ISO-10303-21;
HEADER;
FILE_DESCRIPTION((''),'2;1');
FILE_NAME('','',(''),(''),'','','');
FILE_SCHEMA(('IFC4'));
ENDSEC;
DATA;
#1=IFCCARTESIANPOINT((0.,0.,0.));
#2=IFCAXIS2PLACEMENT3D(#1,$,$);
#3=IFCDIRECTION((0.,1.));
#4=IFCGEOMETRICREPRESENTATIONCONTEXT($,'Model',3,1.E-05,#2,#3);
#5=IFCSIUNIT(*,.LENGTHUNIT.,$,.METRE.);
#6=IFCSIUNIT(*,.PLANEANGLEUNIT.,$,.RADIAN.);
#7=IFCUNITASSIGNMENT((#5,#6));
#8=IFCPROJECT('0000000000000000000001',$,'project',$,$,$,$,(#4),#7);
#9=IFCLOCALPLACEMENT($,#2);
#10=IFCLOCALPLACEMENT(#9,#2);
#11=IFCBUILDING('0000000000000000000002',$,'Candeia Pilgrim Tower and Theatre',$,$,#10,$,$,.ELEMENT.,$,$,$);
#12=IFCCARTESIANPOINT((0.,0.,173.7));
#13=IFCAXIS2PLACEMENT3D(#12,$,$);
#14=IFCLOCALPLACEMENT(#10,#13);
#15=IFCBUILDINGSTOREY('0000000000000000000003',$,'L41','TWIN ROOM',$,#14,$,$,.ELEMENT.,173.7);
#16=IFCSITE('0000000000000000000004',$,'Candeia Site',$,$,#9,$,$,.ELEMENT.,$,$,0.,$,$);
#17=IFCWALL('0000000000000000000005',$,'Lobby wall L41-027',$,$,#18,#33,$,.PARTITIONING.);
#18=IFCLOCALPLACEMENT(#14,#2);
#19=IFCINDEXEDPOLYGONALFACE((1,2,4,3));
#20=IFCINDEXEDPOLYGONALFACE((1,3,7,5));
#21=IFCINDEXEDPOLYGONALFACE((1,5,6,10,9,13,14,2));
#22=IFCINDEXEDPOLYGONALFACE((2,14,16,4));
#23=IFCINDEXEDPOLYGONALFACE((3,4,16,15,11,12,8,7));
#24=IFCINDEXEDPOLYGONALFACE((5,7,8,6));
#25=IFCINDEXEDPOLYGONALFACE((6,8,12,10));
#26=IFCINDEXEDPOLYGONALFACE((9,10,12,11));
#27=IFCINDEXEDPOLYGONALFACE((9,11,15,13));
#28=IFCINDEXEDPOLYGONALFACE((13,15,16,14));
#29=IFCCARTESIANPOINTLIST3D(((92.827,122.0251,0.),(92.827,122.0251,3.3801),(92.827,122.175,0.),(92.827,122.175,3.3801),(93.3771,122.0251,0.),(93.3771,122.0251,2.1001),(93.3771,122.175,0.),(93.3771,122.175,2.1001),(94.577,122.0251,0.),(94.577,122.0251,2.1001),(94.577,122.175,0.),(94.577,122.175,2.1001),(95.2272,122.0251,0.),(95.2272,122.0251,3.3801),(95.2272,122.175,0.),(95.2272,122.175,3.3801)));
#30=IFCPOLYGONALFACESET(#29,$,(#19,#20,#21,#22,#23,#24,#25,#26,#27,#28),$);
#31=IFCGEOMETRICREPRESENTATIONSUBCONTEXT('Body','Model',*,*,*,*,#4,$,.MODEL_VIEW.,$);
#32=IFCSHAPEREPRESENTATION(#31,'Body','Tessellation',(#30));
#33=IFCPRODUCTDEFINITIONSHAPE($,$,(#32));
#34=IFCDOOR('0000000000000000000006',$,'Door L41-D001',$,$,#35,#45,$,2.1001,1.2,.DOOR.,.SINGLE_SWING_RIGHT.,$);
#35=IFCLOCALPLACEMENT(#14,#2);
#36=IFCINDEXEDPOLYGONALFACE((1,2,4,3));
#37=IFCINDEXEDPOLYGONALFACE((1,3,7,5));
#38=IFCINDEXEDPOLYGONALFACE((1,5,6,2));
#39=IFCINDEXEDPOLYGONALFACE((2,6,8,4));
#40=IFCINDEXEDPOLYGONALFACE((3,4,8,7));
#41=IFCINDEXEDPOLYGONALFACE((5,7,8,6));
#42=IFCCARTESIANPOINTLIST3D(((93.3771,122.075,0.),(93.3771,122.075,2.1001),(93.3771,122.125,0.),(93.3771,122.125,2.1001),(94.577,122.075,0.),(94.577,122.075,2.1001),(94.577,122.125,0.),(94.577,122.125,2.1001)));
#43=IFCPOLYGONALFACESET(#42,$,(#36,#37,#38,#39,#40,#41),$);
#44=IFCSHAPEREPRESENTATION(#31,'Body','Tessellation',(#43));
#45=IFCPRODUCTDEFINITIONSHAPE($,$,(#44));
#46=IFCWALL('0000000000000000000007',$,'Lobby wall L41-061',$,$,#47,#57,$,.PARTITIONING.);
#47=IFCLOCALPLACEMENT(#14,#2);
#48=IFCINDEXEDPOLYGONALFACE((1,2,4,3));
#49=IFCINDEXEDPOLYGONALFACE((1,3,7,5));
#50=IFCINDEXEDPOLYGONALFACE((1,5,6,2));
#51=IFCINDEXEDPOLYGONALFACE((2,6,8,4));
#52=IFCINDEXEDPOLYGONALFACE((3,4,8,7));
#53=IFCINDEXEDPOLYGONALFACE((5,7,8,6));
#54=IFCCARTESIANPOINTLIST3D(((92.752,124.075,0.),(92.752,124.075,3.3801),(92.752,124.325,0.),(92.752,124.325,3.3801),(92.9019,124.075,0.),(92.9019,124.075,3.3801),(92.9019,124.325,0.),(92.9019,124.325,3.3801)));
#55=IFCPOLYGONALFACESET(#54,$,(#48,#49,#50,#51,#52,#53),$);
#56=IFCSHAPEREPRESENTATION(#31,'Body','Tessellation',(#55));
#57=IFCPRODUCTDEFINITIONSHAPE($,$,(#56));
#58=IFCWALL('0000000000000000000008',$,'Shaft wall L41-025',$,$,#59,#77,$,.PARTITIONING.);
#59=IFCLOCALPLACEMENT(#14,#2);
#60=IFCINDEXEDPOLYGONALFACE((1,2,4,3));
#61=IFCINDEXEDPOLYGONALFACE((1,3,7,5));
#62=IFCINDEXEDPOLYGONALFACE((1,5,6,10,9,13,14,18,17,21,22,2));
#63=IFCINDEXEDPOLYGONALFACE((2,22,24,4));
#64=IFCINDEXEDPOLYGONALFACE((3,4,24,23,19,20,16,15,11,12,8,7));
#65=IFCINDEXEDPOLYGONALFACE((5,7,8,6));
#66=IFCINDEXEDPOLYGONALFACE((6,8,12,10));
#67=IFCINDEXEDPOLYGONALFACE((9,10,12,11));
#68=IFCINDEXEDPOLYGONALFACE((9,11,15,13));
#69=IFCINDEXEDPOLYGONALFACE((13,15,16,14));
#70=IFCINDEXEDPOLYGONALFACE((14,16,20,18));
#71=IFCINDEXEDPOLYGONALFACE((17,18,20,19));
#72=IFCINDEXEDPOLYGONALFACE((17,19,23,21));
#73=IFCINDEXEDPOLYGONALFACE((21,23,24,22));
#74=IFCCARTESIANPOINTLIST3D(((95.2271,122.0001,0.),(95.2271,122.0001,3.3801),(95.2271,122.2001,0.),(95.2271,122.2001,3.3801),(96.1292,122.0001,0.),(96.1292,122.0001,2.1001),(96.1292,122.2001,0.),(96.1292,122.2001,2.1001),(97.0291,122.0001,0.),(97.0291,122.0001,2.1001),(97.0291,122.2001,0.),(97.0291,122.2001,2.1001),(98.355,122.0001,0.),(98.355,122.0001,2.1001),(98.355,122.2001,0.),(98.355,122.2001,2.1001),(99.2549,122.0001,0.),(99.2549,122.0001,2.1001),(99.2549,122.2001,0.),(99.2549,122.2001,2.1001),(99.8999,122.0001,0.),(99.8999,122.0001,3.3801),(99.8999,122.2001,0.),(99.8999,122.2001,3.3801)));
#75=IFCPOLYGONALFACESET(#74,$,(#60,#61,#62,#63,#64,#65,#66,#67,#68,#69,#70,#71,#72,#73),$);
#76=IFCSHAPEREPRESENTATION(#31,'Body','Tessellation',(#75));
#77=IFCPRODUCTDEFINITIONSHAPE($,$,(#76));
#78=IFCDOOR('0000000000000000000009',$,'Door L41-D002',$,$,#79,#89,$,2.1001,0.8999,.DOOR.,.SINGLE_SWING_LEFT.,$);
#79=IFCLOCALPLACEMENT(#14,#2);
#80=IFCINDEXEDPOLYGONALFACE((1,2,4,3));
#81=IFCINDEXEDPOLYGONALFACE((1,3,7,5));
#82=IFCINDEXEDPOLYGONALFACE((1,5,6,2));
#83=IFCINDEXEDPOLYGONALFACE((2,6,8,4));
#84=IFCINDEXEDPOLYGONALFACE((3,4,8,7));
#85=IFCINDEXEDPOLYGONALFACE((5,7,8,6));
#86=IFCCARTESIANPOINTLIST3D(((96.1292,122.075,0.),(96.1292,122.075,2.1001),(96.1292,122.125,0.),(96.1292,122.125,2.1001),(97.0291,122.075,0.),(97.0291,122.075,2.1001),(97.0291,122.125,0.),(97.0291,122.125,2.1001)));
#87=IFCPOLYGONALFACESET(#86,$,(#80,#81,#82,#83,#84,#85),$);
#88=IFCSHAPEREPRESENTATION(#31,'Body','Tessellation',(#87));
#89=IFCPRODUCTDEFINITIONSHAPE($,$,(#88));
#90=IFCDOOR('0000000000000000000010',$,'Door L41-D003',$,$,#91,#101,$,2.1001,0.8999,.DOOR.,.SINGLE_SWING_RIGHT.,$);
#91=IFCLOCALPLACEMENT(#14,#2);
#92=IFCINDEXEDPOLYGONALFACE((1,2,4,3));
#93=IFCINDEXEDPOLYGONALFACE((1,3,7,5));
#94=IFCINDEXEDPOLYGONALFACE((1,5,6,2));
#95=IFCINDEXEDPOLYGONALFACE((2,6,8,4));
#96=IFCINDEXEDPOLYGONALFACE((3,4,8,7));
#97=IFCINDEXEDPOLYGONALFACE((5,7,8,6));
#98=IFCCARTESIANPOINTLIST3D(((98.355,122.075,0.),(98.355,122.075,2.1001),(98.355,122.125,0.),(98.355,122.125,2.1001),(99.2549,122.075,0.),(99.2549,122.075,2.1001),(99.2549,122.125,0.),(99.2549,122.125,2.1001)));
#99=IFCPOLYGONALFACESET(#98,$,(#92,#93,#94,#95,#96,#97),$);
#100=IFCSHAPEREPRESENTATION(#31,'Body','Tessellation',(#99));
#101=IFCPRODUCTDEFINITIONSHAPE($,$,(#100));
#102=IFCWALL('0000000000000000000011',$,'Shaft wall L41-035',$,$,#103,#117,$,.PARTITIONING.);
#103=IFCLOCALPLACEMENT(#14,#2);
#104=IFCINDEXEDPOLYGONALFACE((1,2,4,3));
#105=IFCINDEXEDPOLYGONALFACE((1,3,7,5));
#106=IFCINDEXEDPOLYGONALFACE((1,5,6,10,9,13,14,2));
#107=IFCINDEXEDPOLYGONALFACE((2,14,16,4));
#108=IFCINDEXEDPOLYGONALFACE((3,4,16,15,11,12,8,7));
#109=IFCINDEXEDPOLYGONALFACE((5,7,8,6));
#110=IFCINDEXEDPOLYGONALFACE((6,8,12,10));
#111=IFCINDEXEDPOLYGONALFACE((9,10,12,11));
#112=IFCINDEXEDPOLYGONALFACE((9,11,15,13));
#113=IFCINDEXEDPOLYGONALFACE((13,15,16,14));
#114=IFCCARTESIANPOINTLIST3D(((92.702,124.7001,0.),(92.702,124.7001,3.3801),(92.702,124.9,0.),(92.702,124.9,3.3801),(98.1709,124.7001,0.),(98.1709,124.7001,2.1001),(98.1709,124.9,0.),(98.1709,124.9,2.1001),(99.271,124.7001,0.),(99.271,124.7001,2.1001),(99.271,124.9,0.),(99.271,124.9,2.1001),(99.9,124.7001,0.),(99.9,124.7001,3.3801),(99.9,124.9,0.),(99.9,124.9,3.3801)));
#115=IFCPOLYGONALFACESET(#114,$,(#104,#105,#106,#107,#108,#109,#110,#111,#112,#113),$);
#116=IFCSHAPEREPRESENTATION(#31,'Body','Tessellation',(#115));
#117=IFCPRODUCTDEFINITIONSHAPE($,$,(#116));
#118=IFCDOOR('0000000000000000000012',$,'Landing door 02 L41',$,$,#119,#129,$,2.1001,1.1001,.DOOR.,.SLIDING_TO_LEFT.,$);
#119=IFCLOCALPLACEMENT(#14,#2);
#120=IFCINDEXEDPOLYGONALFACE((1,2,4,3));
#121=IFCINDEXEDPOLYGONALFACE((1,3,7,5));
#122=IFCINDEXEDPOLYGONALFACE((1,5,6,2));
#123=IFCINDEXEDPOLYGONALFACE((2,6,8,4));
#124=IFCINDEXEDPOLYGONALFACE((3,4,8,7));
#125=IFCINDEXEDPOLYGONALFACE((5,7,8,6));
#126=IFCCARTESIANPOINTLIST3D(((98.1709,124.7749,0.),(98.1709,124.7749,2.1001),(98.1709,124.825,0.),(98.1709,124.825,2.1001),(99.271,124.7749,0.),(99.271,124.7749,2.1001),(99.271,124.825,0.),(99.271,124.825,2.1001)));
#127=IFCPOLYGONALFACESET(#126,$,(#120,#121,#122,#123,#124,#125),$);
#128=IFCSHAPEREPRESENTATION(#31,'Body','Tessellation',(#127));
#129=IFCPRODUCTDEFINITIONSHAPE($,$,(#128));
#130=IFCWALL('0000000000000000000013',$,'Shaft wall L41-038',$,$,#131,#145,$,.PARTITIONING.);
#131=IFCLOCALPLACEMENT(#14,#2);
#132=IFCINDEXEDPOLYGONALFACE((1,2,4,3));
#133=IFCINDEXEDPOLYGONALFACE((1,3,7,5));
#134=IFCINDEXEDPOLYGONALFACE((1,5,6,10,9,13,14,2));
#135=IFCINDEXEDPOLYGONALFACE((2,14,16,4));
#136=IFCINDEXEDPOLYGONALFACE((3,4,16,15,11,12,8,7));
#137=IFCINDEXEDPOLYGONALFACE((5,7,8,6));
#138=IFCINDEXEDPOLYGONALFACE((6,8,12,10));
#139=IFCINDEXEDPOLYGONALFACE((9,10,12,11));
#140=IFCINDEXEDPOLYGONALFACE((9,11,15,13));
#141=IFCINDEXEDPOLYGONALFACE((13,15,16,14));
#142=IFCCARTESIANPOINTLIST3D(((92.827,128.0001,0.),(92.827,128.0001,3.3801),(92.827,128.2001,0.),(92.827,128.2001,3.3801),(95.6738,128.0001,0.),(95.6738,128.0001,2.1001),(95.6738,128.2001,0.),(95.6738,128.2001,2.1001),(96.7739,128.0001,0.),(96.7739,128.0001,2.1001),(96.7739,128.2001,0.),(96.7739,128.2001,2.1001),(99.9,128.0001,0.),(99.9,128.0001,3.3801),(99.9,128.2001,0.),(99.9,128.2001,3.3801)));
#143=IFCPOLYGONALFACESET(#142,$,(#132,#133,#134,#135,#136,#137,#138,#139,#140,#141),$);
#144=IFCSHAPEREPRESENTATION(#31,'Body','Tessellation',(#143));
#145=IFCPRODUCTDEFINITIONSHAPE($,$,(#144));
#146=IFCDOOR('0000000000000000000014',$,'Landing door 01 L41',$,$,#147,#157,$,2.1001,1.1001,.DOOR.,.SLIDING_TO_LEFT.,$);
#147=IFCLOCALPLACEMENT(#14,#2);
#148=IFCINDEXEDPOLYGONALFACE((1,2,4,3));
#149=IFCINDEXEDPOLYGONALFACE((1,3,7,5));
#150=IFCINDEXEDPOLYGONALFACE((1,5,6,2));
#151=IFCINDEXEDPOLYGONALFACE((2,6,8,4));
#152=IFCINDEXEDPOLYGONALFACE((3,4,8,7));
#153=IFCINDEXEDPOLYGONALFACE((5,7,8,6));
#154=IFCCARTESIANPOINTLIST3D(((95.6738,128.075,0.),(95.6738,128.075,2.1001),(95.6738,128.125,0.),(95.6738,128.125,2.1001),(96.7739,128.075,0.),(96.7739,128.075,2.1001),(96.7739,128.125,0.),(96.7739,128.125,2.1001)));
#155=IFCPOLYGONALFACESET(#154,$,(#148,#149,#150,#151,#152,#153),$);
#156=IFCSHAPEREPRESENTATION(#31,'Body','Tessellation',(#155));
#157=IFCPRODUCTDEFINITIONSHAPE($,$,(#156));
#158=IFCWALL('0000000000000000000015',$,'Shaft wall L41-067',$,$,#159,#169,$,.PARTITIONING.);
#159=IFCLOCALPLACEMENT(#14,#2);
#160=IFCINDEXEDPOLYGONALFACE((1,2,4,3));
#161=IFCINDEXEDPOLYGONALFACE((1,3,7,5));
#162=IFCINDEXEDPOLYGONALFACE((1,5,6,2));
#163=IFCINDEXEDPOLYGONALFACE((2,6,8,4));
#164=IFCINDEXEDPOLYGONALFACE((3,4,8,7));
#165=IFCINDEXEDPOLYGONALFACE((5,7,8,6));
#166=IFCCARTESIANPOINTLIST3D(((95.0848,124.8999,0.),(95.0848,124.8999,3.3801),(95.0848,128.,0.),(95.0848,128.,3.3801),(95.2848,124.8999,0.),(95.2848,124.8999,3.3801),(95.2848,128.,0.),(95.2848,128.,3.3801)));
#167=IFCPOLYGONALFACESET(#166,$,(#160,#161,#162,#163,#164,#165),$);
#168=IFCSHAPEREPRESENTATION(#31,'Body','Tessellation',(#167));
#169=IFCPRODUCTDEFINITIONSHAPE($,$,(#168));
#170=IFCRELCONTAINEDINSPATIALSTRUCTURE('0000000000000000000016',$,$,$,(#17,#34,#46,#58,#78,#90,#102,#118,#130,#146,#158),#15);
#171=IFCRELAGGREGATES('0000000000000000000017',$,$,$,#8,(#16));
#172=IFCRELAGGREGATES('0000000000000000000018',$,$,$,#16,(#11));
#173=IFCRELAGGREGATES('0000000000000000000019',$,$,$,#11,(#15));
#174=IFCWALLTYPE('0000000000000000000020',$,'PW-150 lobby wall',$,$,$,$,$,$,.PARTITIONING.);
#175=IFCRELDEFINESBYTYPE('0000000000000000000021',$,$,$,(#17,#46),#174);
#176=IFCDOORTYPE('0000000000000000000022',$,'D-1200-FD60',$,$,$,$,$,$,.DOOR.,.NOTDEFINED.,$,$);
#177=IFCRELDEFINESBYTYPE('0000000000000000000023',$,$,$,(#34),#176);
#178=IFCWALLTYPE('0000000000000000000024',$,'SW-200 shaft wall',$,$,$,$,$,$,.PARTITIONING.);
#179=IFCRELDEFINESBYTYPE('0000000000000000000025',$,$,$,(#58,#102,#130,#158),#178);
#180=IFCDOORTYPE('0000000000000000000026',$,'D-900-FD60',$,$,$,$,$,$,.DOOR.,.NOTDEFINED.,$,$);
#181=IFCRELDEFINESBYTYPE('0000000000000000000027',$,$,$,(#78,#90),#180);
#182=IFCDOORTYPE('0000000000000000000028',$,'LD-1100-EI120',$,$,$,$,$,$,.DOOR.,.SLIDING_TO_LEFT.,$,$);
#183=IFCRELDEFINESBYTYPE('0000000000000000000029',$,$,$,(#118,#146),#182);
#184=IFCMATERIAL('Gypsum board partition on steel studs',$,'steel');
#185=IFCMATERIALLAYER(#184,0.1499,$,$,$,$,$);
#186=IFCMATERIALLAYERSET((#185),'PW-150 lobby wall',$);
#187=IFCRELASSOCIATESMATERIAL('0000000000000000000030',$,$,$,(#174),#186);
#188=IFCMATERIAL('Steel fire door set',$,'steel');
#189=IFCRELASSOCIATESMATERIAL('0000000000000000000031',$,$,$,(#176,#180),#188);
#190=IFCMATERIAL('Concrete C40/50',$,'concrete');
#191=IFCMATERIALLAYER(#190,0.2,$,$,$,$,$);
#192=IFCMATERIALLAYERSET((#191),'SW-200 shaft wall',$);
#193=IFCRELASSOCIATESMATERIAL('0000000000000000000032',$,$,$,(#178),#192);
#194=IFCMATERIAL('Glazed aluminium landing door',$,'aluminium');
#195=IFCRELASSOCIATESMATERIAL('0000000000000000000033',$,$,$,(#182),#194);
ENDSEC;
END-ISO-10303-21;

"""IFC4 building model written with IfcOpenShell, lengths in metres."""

from ifc_helpers import new_model, si_unit, direction, frame, frame_2d, origin, place, context, subcontext, project, spatial, rectangle, extrude, material, layer, layer_set, type_object, element, fill, save


model = new_model("IFC4")

# Units and contexts
model_context = context("Model", 3, precision=1e-05, world=origin(), true_north=direction((0.0, 1.0)))
body_context = subcontext(model_context, "Body", "Model", "MODEL_VIEW")
ifc_project = project(units=[si_unit("LENGTHUNIT", "METRE"), si_unit("PLANEANGLEUNIT", "RADIAN")], contexts=[model_context])

# Site, building, storey
site_placement = place(None, origin())
site = spatial("IfcSite", under=ifc_project, at=site_placement, Name="Candeia Site", CompositionType="ELEMENT", RefElevation=0.0)
building_placement = place(site_placement, origin())
building = spatial("IfcBuilding", under=site, at=building_placement, Name="Candeia Pilgrim Tower and Theatre", CompositionType="ELEMENT")
storey_placement = place(building_placement, frame((0.0, 0.0, 173.7)))
storey = spatial("IfcBuildingStorey", under=building, at=storey_placement, Name="L41", Description="TWIN ROOM", CompositionType="ELEMENT", Elevation=173.7)

# Wall, opening, door
ifc_material_1 = material(Name="Gypsum board partition on steel studs", Category="steel")
ifc_layer_1 = layer(ifc_material_1, 0.1499)
ifc_layer_set_1 = layer_set([ifc_layer_1], Name="PW-150 lobby wall")
wall_type_1 = type_object("IfcWallType", Name="PW-150 lobby wall", PredefinedType="PARTITIONING", material=ifc_layer_set_1)
wall_1_placement = place(storey_placement, frame((92.8269, 122.1001, 0.0), z_axis=(0.0, 0.0, 1.0), x_axis=(1.0, 0.0, 0.0)))
wall_1 = element("IfcWall", 1, at=wall_1_placement, inside=storey, type_object=wall_type_1, Name="Lobby wall L41-027", PredefinedType="PARTITIONING", context=body_context, shape_type="SweptSolid", body=[
    extrude(rectangle(XDim=2.4001, YDim=0.1499, at=frame_2d((1.2002, 0.0))), origin(), (0.0, 0.0, 1.0), 3.3801),
])
opening_1_placement = place(wall_1_placement, frame((0.55, 0.0, 0.0)))
opening_1 = element("IfcOpeningElement", 2, at=opening_1_placement, cuts=wall_1, PredefinedType="OPENING", context=body_context, shape_type="SweptSolid", body=[
    extrude(rectangle(XDim=1.2, YDim=2.1001, at=frame_2d((0.6001, 1.05))), frame((0.0, 0.085, 0.0), z_axis=(0.0, -1.0, 0.0), x_axis=(1.0, 0.0, 0.0)), (0.0, 0.0, 1.0), 0.1699),
])
ifc_material_2 = material(Name="Steel fire door set", Category="steel")
door_type_1 = type_object("IfcDoorType", Name="D-1200-FD60", OperationType="NOTDEFINED", PredefinedType="DOOR", material=ifc_material_2)
door_1_placement = place(opening_1_placement, origin())
door_1 = element("IfcDoor", 3, at=door_1_placement, inside=storey, type_object=door_type_1, Name="Door L41-D001", OperationType="SINGLE_SWING_RIGHT", OverallHeight=2.1001, OverallWidth=1.2, PredefinedType="DOOR", context=body_context, shape_type="SweptSolid", body=[
    extrude(rectangle(XDim=1.2, YDim=2.1001, at=frame_2d((0.6001, 1.05))), frame((0.0, 0.0249, 0.0), z_axis=(0.0, -1.0, 0.0), x_axis=(1.0, 0.0, 0.0)), (0.0, 0.0, 1.0), 0.05),
])
fill(opening_1, door_1)

# Wall
wall_2_placement = place(storey_placement, frame((92.8269, 124.075, 0.0), z_axis=(0.0, 0.0, 1.0), x_axis=(0.0, 1.0, 0.0)))
element("IfcWall", 4, at=wall_2_placement, inside=storey, type_object=wall_type_1, Name="Lobby wall L41-061", PredefinedType="PARTITIONING", context=body_context, shape_type="SweptSolid", body=[
    extrude(rectangle(XDim=0.25, YDim=0.1499, at=frame_2d((0.125, 0.0))), origin(), (0.0, 0.0, 1.0), 3.3801),
])

# Wall, openings, doors
ifc_material_3 = material(Name="Concrete C40/50", Category="concrete")
ifc_layer_2 = layer(ifc_material_3, 0.2)
ifc_layer_set_2 = layer_set([ifc_layer_2], Name="SW-200 shaft wall")
wall_type_2 = type_object("IfcWallType", Name="SW-200 shaft wall", PredefinedType="PARTITIONING", material=ifc_layer_set_2)
wall_3_placement = place(storey_placement, frame((95.2271, 122.1001, 0.0), z_axis=(0.0, 0.0, 1.0), x_axis=(1.0, 0.0, 0.0)))
wall_3 = element("IfcWall", 5, at=wall_3_placement, inside=storey, type_object=wall_type_2, Name="Shaft wall L41-025", PredefinedType="PARTITIONING", context=body_context, shape_type="SweptSolid", body=[
    extrude(rectangle(XDim=4.6729, YDim=0.2, at=frame_2d((2.3364, 0.0))), origin(), (0.0, 0.0, 1.0), 3.3801),
])
opening_2_placement = place(wall_3_placement, frame((0.9021, 0.0, 0.0)))
opening_2 = element("IfcOpeningElement", 6, at=opening_2_placement, cuts=wall_3, PredefinedType="OPENING", context=body_context, shape_type="SweptSolid", body=[
    extrude(rectangle(XDim=0.8999, YDim=2.1001, at=frame_2d((0.45, 1.05))), frame((0.0, 0.1099, 0.0), z_axis=(0.0, -1.0, 0.0), x_axis=(1.0, 0.0, 0.0)), (0.0, 0.0, 1.0), 0.22),
])
opening_3_placement = place(wall_3_placement, frame((3.1279, 0.0, 0.0)))
opening_3 = element("IfcOpeningElement", 7, at=opening_3_placement, cuts=wall_3, PredefinedType="OPENING", context=body_context, shape_type="SweptSolid", body=[
    extrude(rectangle(XDim=0.8999, YDim=2.1001, at=frame_2d((0.45, 1.05))), frame((0.0, 0.1099, 0.0), z_axis=(0.0, -1.0, 0.0), x_axis=(1.0, 0.0, 0.0)), (0.0, 0.0, 1.0), 0.22),
])
door_type_2 = type_object("IfcDoorType", Name="D-900-FD60", OperationType="NOTDEFINED", PredefinedType="DOOR", material=ifc_material_2)
door_2_placement = place(opening_2_placement, origin())
door_2 = element("IfcDoor", 8, at=door_2_placement, inside=storey, type_object=door_type_2, Name="Door L41-D002", OperationType="SINGLE_SWING_LEFT", OverallHeight=2.1001, OverallWidth=0.8999, PredefinedType="DOOR", context=body_context, shape_type="SweptSolid", body=[
    extrude(rectangle(XDim=0.8999, YDim=2.1001, at=frame_2d((0.45, 1.05))), frame((0.0, 0.0249, 0.0), z_axis=(0.0, -1.0, 0.0), x_axis=(1.0, 0.0, 0.0)), (0.0, 0.0, 1.0), 0.05),
])
fill(opening_2, door_2)
door_3_placement = place(opening_3_placement, origin())
door_3 = element("IfcDoor", 9, at=door_3_placement, inside=storey, type_object=door_type_2, Name="Door L41-D003", OperationType="SINGLE_SWING_RIGHT", OverallHeight=2.1001, OverallWidth=0.8999, PredefinedType="DOOR", context=body_context, shape_type="SweptSolid", body=[
    extrude(rectangle(XDim=0.8999, YDim=2.1001, at=frame_2d((0.45, 1.05))), frame((0.0, 0.0249, 0.0), z_axis=(0.0, -1.0, 0.0), x_axis=(1.0, 0.0, 0.0)), (0.0, 0.0, 1.0), 0.05),
])
fill(opening_3, door_3)

# Walls, openings, doors
wall_4_placement = place(storey_placement, frame((92.7019, 124.8, 0.0), z_axis=(0.0, 0.0, 1.0), x_axis=(1.0, 0.0, 0.0)))
wall_4 = element("IfcWall", 10, at=wall_4_placement, inside=storey, type_object=wall_type_2, Name="Shaft wall L41-035", PredefinedType="PARTITIONING", context=body_context, shape_type="SweptSolid", body=[
    extrude(rectangle(XDim=7.198, YDim=0.2, at=frame_2d((3.5991, 0.0))), origin(), (0.0, 0.0, 1.0), 3.3801),
])
opening_4_placement = place(wall_4_placement, frame((5.469, 0.0, 0.0)))
opening_4 = element("IfcOpeningElement", 11, at=opening_4_placement, cuts=wall_4, PredefinedType="OPENING", context=body_context, shape_type="SweptSolid", body=[
    extrude(rectangle(XDim=1.1001, YDim=2.1001, at=frame_2d((0.55, 1.05))), frame((0.0, 0.1099, 0.0), z_axis=(0.0, -1.0, 0.0), x_axis=(1.0, 0.0, 0.0)), (0.0, 0.0, 1.0), 0.22),
])
ifc_material_4 = material(Name="Glazed aluminium landing door", Category="aluminium")
door_type_3 = type_object("IfcDoorType", Name="LD-1100-EI120", OperationType="SLIDING_TO_LEFT", PredefinedType="DOOR", material=ifc_material_4)
door_4_placement = place(opening_4_placement, origin())
door_4 = element("IfcDoor", 12, at=door_4_placement, inside=storey, type_object=door_type_3, Name="Landing door 02 L41", OperationType="SLIDING_TO_LEFT", OverallHeight=2.1001, OverallWidth=1.1001, PredefinedType="DOOR", context=body_context, shape_type="SweptSolid", body=[
    extrude(rectangle(XDim=1.1001, YDim=2.1001, at=frame_2d((0.55, 1.05))), frame((0.0, 0.0249, 0.0), z_axis=(0.0, -1.0, 0.0), x_axis=(1.0, 0.0, 0.0)), (0.0, 0.0, 1.0), 0.05),
])
fill(opening_4, door_4)
wall_5_placement = place(storey_placement, frame((92.8269, 128.1001, 0.0), z_axis=(0.0, 0.0, 1.0), x_axis=(1.0, 0.0, 0.0)))
wall_5 = element("IfcWall", 13, at=wall_5_placement, inside=storey, type_object=wall_type_2, Name="Shaft wall L41-038", PredefinedType="PARTITIONING", context=body_context, shape_type="SweptSolid", body=[
    extrude(rectangle(XDim=7.073, YDim=0.2, at=frame_2d((3.5366, 0.0))), origin(), (0.0, 0.0, 1.0), 3.3801),
])
opening_5_placement = place(wall_5_placement, frame((2.8469, 0.0, 0.0)))
opening_5 = element("IfcOpeningElement", 14, at=opening_5_placement, cuts=wall_5, PredefinedType="OPENING", context=body_context, shape_type="SweptSolid", body=[
    extrude(rectangle(XDim=1.1001, YDim=2.1001, at=frame_2d((0.55, 1.05))), frame((0.0, 0.1099, 0.0), z_axis=(0.0, -1.0, 0.0), x_axis=(1.0, 0.0, 0.0)), (0.0, 0.0, 1.0), 0.22),
])
door_5_placement = place(opening_5_placement, origin())
door_5 = element("IfcDoor", 15, at=door_5_placement, inside=storey, type_object=door_type_3, Name="Landing door 01 L41", OperationType="SLIDING_TO_LEFT", OverallHeight=2.1001, OverallWidth=1.1001, PredefinedType="DOOR", context=body_context, shape_type="SweptSolid", body=[
    extrude(rectangle(XDim=1.1001, YDim=2.1001, at=frame_2d((0.55, 1.05))), frame((0.0, 0.0249, 0.0), z_axis=(0.0, -1.0, 0.0), x_axis=(1.0, 0.0, 0.0)), (0.0, 0.0, 1.0), 0.05),
])
fill(opening_5, door_5)

# Wall
for number, where, z_axis, x_axis, name in (
    (16, (95.1848, 124.8999, 0.0), (0.0, 0.0, 1.0), (0.0, 1.0, 0.0), "Shaft wall L41-067"),
):
    element("IfcWall", number, at=place(storey_placement, frame(where, z_axis=z_axis, x_axis=x_axis)), inside=storey, type_object=wall_type_2, Name=name, PredefinedType="PARTITIONING", context=body_context, shape_type="SweptSolid", body=[
        extrude(rectangle(XDim=3.1001, YDim=0.2, at=frame_2d((1.55, 0.0))), origin(), (0.0, 0.0, 1.0), 3.3801),
    ])

save(model, "model.ifc")
